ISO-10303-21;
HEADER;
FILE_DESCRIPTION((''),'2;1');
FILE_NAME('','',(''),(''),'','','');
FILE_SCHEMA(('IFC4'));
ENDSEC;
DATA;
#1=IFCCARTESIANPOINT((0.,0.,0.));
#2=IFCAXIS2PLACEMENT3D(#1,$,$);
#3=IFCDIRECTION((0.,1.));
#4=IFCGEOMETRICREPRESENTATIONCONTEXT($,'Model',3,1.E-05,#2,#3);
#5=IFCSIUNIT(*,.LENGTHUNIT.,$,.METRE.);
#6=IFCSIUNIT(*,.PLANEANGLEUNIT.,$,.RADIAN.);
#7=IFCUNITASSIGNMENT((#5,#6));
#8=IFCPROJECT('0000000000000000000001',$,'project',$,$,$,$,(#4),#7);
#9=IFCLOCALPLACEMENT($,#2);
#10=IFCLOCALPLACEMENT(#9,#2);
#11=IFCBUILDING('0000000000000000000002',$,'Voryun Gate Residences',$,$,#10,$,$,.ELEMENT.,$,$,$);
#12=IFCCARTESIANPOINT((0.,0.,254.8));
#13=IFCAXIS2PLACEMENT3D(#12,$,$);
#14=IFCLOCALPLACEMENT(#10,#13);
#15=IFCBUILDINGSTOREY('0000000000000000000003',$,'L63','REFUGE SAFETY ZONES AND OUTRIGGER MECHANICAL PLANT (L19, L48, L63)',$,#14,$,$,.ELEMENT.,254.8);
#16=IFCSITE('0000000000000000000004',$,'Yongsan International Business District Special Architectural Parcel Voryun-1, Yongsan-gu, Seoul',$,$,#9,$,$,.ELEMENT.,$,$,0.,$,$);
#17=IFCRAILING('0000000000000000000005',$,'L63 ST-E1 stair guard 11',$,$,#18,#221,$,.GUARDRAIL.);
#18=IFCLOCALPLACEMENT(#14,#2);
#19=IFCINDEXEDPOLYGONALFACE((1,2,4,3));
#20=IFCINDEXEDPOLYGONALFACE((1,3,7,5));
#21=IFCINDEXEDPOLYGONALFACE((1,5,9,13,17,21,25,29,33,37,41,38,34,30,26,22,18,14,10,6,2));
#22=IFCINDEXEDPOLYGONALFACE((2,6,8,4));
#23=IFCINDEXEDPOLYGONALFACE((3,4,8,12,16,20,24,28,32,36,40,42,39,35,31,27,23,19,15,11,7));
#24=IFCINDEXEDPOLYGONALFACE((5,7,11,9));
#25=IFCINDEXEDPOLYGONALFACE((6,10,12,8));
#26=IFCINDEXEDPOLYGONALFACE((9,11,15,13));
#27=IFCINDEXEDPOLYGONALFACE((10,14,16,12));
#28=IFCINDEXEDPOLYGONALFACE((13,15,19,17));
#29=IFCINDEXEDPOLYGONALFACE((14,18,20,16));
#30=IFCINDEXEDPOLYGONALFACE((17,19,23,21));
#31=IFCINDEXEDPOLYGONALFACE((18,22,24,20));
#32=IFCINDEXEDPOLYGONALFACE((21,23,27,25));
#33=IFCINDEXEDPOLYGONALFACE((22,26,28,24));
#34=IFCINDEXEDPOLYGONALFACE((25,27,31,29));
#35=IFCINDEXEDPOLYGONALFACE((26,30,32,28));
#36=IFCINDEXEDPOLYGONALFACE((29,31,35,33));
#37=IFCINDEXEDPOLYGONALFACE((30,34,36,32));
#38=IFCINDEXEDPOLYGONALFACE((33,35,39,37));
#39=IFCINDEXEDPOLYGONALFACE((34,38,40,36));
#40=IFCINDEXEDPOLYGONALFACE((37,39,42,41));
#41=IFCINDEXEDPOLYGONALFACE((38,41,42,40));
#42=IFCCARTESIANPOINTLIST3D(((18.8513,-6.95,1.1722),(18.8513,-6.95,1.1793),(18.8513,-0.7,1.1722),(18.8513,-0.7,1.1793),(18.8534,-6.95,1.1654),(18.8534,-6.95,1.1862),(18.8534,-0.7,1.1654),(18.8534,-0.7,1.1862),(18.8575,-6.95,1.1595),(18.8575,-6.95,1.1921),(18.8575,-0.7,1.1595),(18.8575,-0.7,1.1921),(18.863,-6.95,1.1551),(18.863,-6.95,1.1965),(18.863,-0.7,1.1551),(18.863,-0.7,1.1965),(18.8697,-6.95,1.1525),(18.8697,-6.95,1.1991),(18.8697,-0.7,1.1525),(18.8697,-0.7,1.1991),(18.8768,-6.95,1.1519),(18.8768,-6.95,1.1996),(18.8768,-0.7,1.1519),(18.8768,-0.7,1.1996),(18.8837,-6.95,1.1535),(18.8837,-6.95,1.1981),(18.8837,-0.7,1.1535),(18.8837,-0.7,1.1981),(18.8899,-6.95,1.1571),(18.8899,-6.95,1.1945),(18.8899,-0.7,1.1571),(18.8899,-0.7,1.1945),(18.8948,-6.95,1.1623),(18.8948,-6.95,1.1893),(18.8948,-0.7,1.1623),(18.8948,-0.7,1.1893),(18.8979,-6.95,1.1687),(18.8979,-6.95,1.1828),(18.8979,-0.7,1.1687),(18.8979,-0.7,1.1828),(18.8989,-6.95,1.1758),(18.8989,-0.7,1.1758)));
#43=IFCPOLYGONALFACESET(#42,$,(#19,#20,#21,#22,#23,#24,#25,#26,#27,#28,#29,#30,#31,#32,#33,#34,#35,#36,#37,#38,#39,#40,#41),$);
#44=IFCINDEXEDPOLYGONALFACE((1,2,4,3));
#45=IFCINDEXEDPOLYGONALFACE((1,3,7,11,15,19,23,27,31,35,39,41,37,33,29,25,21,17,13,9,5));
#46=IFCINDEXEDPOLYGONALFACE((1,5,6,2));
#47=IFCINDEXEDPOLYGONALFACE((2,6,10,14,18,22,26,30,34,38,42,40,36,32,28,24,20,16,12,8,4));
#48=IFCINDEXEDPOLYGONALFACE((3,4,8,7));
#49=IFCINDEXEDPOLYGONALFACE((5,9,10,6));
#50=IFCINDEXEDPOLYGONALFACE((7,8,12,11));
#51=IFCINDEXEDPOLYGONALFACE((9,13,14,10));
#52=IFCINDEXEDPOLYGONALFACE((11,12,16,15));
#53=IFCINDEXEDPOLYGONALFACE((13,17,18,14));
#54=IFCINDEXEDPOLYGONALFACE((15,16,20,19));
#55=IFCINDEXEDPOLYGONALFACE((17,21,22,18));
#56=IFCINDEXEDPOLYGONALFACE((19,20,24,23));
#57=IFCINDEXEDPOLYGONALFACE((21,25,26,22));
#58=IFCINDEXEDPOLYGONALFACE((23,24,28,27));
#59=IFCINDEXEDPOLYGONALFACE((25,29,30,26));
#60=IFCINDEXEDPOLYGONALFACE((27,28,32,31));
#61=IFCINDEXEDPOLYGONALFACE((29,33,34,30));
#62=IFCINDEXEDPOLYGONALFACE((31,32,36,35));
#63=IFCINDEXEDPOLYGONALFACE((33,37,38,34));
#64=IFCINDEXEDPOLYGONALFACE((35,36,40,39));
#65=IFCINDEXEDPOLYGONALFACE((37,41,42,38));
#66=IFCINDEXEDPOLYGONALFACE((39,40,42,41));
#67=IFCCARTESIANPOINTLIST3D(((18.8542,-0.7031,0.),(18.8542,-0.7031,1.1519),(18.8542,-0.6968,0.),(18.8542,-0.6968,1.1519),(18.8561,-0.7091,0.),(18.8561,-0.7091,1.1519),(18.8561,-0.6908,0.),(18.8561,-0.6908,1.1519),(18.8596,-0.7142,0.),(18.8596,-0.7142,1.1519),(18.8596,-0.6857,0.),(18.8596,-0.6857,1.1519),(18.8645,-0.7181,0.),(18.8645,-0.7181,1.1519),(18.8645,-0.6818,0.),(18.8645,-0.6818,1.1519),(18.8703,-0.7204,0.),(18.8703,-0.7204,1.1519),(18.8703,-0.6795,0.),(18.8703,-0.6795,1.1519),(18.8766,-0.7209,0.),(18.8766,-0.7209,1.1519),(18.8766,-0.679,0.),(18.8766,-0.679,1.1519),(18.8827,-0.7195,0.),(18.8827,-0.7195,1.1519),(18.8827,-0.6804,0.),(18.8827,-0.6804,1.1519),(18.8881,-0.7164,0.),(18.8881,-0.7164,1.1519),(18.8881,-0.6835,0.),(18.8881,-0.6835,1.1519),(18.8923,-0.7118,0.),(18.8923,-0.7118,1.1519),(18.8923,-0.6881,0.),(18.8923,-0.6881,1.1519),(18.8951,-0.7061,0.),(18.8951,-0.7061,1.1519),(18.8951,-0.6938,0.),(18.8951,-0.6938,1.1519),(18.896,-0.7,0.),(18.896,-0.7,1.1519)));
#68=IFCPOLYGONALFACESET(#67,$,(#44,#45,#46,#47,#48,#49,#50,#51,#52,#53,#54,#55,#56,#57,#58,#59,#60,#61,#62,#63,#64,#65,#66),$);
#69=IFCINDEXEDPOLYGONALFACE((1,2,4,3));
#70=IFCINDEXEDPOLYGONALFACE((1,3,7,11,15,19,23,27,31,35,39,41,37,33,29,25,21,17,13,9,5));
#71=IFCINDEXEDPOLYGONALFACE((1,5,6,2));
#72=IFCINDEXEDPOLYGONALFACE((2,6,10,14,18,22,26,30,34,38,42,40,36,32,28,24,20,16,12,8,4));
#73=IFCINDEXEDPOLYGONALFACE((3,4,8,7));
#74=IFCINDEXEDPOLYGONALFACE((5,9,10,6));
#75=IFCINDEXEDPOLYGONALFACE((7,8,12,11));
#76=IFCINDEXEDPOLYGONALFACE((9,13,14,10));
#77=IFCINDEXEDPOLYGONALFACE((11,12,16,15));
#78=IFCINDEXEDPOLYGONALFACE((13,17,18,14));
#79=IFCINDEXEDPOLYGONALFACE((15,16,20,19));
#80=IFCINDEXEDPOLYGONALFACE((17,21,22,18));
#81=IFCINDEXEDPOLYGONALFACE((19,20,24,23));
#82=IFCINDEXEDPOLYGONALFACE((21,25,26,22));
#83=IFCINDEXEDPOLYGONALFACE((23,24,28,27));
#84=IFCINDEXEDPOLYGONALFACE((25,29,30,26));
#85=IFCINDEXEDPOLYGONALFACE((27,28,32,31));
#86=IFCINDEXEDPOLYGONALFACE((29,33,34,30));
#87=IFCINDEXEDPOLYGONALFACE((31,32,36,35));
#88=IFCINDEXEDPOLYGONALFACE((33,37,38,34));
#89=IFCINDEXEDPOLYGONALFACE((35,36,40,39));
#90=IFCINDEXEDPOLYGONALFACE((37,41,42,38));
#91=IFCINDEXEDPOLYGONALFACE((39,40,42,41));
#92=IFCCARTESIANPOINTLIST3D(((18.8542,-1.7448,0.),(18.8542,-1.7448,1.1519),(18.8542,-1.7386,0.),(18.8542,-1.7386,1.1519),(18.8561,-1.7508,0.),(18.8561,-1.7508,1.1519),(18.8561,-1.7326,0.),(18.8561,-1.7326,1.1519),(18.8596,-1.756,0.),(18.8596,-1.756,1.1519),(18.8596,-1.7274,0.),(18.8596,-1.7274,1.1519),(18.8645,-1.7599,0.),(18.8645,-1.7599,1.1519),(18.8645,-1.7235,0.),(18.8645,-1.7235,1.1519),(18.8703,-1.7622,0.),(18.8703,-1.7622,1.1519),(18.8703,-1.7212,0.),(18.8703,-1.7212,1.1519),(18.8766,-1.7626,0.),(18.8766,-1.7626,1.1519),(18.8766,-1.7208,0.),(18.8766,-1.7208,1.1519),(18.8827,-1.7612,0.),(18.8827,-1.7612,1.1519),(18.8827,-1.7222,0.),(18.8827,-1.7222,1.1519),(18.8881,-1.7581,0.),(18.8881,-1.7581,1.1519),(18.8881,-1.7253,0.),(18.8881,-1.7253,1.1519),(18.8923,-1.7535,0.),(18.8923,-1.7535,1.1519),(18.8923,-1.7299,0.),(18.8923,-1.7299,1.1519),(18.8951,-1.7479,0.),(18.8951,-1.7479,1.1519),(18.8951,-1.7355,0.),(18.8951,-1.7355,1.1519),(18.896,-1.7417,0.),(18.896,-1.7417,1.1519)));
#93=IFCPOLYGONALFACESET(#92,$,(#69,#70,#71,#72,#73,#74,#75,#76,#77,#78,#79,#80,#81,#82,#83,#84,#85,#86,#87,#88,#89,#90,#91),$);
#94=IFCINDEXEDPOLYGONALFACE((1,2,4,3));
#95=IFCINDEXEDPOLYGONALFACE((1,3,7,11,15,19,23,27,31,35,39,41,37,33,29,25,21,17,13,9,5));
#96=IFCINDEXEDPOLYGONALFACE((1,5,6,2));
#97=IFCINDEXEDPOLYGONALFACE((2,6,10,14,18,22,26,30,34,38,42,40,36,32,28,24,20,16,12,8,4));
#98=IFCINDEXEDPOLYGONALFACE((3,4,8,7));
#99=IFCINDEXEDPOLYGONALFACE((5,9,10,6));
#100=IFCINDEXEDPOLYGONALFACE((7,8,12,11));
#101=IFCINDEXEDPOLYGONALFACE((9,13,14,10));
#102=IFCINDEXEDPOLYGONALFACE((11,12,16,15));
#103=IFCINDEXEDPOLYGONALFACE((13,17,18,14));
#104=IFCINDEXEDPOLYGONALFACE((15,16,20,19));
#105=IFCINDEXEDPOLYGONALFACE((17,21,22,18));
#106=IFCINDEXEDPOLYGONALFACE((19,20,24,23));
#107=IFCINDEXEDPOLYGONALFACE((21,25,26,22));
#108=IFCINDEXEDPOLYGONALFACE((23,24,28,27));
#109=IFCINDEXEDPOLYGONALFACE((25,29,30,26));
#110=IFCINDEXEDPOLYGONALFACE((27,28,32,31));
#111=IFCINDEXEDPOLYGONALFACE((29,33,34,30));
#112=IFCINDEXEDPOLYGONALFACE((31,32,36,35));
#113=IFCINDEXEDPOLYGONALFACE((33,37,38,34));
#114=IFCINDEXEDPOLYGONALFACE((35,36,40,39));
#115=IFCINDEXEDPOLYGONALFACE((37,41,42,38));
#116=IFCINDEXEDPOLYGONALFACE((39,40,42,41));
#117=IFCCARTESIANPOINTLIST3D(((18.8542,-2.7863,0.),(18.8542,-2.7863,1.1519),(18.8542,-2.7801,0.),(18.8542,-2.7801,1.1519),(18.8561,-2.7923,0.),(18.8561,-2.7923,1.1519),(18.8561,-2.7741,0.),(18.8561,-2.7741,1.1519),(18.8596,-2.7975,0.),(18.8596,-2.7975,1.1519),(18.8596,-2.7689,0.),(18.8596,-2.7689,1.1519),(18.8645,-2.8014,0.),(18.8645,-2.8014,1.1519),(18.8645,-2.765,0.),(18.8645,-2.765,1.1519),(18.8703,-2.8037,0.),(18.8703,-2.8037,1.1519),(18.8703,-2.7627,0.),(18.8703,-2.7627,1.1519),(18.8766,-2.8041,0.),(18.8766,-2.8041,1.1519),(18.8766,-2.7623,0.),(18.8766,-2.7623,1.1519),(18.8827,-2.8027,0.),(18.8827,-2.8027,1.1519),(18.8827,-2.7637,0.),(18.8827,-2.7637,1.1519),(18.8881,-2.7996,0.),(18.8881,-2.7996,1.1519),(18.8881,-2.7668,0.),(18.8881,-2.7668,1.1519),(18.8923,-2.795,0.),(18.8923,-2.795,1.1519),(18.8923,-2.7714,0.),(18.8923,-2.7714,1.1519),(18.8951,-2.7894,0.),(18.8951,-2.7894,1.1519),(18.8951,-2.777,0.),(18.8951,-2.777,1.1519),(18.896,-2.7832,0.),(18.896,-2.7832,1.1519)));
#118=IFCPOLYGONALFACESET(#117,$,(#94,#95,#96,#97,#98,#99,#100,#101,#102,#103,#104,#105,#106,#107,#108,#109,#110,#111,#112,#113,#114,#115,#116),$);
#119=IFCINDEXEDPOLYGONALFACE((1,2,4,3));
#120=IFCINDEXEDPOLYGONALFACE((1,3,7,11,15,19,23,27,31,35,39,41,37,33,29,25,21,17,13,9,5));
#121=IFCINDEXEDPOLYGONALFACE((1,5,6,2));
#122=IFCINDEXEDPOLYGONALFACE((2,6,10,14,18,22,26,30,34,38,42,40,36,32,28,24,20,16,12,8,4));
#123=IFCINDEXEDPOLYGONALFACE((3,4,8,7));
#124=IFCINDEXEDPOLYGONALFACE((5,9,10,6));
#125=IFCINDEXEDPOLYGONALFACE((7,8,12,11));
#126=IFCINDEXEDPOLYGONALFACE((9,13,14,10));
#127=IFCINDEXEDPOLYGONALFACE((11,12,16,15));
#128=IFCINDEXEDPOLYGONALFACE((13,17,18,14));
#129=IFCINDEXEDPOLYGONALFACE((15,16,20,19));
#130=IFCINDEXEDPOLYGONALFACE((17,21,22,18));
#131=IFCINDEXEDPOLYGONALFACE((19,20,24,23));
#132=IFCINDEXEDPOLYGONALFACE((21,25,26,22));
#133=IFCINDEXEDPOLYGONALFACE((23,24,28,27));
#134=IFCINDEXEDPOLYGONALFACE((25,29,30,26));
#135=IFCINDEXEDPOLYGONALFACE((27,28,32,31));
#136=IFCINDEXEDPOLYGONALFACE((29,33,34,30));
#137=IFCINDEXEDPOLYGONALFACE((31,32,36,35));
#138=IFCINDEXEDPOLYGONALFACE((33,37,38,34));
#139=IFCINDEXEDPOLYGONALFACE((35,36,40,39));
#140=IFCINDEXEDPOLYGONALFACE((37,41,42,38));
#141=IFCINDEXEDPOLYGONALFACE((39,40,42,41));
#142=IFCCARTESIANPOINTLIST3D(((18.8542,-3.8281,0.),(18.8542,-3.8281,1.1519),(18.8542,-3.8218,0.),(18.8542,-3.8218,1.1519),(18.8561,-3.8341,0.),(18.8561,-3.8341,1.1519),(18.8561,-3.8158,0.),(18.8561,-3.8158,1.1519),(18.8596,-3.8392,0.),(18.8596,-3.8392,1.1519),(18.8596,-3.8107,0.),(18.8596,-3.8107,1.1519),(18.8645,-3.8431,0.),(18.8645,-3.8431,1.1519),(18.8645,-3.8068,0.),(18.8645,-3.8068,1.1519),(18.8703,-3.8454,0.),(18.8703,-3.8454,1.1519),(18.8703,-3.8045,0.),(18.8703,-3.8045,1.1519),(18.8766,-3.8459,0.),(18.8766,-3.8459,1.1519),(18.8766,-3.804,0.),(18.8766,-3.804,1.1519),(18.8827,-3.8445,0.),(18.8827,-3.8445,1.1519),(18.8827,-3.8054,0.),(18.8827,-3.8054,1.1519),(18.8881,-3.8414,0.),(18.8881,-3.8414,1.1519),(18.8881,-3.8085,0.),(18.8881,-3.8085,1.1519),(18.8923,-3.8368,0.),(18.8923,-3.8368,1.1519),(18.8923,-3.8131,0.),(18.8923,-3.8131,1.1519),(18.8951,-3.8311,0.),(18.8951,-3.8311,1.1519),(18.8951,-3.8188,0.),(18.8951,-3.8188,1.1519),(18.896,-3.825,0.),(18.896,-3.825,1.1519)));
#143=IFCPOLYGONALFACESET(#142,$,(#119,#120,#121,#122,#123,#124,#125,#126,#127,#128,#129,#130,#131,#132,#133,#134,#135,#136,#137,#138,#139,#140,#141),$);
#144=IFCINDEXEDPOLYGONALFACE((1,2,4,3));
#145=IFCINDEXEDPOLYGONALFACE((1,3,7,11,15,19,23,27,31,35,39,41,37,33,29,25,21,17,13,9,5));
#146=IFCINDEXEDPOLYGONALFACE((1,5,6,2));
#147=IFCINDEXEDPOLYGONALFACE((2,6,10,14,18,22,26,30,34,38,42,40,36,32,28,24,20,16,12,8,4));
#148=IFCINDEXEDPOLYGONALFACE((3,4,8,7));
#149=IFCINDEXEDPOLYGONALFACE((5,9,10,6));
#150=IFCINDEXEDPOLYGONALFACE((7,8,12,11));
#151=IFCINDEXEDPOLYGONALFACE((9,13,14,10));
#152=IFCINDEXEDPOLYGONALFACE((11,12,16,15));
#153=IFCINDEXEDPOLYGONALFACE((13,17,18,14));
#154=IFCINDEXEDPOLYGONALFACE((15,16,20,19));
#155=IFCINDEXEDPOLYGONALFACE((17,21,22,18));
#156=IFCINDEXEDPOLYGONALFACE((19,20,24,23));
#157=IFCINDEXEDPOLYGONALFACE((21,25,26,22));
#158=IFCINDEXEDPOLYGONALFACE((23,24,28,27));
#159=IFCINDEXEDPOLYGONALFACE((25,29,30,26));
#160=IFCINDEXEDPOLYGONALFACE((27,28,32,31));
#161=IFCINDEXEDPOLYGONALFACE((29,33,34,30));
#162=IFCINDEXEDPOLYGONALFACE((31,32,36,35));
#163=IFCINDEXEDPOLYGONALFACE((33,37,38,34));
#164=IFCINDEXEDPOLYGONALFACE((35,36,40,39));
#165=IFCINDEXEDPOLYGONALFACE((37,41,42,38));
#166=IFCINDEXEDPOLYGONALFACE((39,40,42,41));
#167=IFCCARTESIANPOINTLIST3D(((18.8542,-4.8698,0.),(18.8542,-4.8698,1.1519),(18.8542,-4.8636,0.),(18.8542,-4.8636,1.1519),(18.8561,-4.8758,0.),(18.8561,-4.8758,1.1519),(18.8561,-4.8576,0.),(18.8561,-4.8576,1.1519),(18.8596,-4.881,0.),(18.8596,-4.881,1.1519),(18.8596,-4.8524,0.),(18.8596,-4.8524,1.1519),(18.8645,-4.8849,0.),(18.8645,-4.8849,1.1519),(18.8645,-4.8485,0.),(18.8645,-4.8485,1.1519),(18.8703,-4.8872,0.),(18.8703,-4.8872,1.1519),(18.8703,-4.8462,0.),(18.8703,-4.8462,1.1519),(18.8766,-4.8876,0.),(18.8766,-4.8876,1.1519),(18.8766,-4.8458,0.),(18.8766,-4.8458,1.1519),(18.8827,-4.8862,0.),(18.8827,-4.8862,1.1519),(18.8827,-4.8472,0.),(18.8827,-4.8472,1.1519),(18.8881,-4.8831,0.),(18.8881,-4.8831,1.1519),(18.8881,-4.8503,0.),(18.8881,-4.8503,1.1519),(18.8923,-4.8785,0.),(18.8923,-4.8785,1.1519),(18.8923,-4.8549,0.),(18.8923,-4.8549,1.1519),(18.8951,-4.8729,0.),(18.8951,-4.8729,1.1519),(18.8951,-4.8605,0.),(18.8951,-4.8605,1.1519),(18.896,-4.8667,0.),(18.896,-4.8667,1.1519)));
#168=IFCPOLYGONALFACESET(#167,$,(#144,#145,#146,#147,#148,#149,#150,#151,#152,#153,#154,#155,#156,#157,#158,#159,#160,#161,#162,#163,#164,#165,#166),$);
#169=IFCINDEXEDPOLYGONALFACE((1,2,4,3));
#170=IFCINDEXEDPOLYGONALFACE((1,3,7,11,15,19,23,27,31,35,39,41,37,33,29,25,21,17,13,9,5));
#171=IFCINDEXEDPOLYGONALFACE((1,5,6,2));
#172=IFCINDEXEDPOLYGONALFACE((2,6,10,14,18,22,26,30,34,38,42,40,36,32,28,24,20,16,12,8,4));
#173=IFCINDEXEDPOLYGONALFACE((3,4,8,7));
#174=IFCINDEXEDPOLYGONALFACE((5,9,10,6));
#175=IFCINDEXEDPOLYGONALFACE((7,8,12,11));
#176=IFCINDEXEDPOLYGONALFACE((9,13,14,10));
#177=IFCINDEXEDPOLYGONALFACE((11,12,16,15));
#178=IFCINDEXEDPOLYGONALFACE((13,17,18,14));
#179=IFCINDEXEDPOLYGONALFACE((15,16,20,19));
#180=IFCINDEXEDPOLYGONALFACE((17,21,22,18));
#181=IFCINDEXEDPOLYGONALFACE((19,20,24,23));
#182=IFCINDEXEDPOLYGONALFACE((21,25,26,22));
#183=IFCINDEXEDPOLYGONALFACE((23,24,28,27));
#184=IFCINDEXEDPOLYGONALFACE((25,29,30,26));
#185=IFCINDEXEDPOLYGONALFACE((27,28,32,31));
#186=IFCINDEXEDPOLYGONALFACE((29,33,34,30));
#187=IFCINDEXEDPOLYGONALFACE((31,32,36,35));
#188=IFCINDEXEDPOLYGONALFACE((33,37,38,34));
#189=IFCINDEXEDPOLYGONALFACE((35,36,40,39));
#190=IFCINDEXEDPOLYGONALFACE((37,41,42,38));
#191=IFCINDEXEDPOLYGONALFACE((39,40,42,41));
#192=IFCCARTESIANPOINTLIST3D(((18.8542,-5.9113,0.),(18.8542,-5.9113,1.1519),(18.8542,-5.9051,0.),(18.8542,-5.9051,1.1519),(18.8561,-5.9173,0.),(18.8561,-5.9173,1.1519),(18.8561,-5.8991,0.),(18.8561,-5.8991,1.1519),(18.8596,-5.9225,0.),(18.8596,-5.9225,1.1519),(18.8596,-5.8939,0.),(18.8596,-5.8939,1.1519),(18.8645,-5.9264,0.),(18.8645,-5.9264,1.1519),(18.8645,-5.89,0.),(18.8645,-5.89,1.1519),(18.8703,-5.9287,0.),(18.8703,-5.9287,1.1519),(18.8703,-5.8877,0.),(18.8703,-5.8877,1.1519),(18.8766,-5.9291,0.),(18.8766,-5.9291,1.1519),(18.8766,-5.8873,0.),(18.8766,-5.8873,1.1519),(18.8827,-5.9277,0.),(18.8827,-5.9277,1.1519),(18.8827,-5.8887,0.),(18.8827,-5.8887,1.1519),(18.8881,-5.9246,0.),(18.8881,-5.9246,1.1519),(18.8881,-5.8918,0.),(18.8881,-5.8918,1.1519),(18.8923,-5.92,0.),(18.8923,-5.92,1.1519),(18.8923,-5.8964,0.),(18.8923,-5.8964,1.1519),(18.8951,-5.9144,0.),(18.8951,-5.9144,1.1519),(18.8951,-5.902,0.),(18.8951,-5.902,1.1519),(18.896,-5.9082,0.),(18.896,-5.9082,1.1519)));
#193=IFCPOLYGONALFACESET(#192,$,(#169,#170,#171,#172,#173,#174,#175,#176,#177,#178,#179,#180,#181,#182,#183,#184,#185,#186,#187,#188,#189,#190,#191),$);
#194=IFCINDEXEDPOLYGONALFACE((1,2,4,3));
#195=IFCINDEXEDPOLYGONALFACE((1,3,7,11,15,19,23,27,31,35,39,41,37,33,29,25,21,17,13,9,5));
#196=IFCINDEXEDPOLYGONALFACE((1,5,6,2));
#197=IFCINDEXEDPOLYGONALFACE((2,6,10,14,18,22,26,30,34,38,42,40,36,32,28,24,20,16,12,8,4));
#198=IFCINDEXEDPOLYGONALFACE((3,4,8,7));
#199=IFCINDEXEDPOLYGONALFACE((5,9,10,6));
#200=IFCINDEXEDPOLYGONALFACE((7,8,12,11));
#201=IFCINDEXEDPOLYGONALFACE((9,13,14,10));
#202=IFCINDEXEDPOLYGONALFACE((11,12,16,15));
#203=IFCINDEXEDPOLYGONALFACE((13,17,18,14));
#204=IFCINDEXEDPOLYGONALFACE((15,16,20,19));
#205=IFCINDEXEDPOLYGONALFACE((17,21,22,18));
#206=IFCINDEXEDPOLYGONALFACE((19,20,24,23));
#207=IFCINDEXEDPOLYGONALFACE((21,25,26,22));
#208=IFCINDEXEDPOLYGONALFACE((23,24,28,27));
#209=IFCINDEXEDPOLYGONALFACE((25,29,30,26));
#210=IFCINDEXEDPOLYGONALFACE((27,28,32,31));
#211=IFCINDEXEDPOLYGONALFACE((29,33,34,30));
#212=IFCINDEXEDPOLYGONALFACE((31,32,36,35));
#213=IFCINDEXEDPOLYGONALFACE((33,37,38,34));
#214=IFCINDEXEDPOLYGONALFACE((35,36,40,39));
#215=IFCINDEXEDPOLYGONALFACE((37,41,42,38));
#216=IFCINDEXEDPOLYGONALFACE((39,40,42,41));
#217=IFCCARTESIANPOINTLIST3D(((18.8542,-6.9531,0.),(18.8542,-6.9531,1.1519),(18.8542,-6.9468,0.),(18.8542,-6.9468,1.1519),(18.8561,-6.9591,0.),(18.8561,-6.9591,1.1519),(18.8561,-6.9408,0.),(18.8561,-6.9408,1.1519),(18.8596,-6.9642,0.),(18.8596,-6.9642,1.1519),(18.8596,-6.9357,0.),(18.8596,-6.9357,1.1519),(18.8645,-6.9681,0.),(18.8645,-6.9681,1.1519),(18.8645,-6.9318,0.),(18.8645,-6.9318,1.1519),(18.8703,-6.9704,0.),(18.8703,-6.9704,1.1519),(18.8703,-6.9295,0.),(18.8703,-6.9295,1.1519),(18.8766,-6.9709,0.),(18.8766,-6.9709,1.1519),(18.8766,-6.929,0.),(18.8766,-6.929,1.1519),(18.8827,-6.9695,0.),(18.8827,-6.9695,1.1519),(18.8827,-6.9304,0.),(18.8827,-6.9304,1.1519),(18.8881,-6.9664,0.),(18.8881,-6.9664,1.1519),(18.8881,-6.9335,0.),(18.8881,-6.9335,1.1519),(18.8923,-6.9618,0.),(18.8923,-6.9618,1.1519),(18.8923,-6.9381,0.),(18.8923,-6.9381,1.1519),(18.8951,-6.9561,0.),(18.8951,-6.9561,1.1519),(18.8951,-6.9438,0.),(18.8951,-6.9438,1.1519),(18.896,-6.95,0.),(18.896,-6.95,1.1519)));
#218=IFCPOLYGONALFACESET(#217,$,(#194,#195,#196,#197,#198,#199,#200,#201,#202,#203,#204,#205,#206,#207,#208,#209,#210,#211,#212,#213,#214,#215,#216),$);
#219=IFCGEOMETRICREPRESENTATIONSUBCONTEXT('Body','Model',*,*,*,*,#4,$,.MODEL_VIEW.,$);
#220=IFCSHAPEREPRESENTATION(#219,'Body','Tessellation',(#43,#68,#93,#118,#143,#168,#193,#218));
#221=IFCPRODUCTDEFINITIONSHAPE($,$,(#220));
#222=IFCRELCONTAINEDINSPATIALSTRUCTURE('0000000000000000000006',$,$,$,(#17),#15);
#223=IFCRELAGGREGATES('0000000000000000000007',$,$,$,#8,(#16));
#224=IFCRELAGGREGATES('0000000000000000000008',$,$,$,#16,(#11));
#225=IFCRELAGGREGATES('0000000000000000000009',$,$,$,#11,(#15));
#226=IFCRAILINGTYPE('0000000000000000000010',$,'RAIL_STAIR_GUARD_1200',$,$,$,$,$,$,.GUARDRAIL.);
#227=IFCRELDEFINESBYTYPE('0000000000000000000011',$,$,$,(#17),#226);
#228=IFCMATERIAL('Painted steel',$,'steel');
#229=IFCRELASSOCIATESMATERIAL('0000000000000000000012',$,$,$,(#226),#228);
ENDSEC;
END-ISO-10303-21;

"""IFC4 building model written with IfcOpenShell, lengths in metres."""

from ifc_helpers import new_model, si_unit, direction, frame, origin, origin_2d, place, context, subcontext, project, spatial, circle, extrude, material, type_object, element, save


model = new_model("IFC4")

# Units and contexts
model_context = context("Model", 3, precision=1e-05, world=origin(), true_north=direction((0.0, 1.0)))
body_context = subcontext(model_context, "Body", "Model", "MODEL_VIEW")
ifc_project = project(units=[si_unit("LENGTHUNIT", "METRE"), si_unit("PLANEANGLEUNIT", "RADIAN")], contexts=[model_context])

# Site, building, storey
site_placement = place(None, origin())
site = spatial("IfcSite", under=ifc_project, at=site_placement, Name="Yongsan International Business District Special Architectural Parcel Voryun-1, Yongsan-gu, Seoul", CompositionType="ELEMENT", RefElevation=0.0)
building_placement = place(site_placement, origin())
building = spatial("IfcBuilding", under=site, at=building_placement, Name="Voryun Gate Residences", CompositionType="ELEMENT")
storey_placement = place(building_placement, frame((0.0, 0.0, 254.8)))
storey = spatial("IfcBuildingStorey", under=building, at=storey_placement, Name="L63", Description="REFUGE SAFETY ZONES AND OUTRIGGER MECHANICAL PLANT (L19, L48, L63)", CompositionType="ELEMENT", Elevation=254.8)

# Railing
ifc_material_1 = material(Name="Painted steel", Category="steel")
railing_type_1 = type_object("IfcRailingType", Name="RAIL_STAIR_GUARD_1200", PredefinedType="GUARDRAIL", material=ifc_material_1)
railing_1_placement = place(storey_placement, frame((18.875, -0.7, 0.0)))
element("IfcRailing", 1, at=railing_1_placement, inside=storey, type_object=railing_type_1, Name="L63 ST-E1 stair guard 11", PredefinedType="GUARDRAIL", context=body_context, shape_type="SweptSolid", body=[
    extrude(circle(Radius=0.0239, at=origin_2d()), frame((0.0, 0.0, 1.1758), z_axis=(0.0, -1.0, 0.0), x_axis=(1.0, 0.0, 0.0)), (0.0, 0.0, 1.0), 6.25),
    extrude(circle(Radius=0.021, at=origin_2d()), origin(), (0.0, 0.0, 1.0), 1.1519),
    extrude(circle(Radius=0.021, at=origin_2d()), frame((0.0, -1.0417, 0.0)), (0.0, 0.0, 1.0), 1.1519),
    extrude(circle(Radius=0.021, at=origin_2d()), frame((0.0, -2.0833, 0.0)), (0.0, 0.0, 1.0), 1.1519),
    extrude(circle(Radius=0.021, at=origin_2d()), frame((0.0, -3.125, 0.0)), (0.0, 0.0, 1.0), 1.1519),
    extrude(circle(Radius=0.021, at=origin_2d()), frame((0.0, -4.1667, 0.0)), (0.0, 0.0, 1.0), 1.1519),
    extrude(circle(Radius=0.021, at=origin_2d()), frame((0.0, -5.2083, 0.0)), (0.0, 0.0, 1.0), 1.1519),
    extrude(circle(Radius=0.021, at=origin_2d()), frame((0.0, -6.25, 0.0)), (0.0, 0.0, 1.0), 1.1519),
])

save(model, "model.ifc")
